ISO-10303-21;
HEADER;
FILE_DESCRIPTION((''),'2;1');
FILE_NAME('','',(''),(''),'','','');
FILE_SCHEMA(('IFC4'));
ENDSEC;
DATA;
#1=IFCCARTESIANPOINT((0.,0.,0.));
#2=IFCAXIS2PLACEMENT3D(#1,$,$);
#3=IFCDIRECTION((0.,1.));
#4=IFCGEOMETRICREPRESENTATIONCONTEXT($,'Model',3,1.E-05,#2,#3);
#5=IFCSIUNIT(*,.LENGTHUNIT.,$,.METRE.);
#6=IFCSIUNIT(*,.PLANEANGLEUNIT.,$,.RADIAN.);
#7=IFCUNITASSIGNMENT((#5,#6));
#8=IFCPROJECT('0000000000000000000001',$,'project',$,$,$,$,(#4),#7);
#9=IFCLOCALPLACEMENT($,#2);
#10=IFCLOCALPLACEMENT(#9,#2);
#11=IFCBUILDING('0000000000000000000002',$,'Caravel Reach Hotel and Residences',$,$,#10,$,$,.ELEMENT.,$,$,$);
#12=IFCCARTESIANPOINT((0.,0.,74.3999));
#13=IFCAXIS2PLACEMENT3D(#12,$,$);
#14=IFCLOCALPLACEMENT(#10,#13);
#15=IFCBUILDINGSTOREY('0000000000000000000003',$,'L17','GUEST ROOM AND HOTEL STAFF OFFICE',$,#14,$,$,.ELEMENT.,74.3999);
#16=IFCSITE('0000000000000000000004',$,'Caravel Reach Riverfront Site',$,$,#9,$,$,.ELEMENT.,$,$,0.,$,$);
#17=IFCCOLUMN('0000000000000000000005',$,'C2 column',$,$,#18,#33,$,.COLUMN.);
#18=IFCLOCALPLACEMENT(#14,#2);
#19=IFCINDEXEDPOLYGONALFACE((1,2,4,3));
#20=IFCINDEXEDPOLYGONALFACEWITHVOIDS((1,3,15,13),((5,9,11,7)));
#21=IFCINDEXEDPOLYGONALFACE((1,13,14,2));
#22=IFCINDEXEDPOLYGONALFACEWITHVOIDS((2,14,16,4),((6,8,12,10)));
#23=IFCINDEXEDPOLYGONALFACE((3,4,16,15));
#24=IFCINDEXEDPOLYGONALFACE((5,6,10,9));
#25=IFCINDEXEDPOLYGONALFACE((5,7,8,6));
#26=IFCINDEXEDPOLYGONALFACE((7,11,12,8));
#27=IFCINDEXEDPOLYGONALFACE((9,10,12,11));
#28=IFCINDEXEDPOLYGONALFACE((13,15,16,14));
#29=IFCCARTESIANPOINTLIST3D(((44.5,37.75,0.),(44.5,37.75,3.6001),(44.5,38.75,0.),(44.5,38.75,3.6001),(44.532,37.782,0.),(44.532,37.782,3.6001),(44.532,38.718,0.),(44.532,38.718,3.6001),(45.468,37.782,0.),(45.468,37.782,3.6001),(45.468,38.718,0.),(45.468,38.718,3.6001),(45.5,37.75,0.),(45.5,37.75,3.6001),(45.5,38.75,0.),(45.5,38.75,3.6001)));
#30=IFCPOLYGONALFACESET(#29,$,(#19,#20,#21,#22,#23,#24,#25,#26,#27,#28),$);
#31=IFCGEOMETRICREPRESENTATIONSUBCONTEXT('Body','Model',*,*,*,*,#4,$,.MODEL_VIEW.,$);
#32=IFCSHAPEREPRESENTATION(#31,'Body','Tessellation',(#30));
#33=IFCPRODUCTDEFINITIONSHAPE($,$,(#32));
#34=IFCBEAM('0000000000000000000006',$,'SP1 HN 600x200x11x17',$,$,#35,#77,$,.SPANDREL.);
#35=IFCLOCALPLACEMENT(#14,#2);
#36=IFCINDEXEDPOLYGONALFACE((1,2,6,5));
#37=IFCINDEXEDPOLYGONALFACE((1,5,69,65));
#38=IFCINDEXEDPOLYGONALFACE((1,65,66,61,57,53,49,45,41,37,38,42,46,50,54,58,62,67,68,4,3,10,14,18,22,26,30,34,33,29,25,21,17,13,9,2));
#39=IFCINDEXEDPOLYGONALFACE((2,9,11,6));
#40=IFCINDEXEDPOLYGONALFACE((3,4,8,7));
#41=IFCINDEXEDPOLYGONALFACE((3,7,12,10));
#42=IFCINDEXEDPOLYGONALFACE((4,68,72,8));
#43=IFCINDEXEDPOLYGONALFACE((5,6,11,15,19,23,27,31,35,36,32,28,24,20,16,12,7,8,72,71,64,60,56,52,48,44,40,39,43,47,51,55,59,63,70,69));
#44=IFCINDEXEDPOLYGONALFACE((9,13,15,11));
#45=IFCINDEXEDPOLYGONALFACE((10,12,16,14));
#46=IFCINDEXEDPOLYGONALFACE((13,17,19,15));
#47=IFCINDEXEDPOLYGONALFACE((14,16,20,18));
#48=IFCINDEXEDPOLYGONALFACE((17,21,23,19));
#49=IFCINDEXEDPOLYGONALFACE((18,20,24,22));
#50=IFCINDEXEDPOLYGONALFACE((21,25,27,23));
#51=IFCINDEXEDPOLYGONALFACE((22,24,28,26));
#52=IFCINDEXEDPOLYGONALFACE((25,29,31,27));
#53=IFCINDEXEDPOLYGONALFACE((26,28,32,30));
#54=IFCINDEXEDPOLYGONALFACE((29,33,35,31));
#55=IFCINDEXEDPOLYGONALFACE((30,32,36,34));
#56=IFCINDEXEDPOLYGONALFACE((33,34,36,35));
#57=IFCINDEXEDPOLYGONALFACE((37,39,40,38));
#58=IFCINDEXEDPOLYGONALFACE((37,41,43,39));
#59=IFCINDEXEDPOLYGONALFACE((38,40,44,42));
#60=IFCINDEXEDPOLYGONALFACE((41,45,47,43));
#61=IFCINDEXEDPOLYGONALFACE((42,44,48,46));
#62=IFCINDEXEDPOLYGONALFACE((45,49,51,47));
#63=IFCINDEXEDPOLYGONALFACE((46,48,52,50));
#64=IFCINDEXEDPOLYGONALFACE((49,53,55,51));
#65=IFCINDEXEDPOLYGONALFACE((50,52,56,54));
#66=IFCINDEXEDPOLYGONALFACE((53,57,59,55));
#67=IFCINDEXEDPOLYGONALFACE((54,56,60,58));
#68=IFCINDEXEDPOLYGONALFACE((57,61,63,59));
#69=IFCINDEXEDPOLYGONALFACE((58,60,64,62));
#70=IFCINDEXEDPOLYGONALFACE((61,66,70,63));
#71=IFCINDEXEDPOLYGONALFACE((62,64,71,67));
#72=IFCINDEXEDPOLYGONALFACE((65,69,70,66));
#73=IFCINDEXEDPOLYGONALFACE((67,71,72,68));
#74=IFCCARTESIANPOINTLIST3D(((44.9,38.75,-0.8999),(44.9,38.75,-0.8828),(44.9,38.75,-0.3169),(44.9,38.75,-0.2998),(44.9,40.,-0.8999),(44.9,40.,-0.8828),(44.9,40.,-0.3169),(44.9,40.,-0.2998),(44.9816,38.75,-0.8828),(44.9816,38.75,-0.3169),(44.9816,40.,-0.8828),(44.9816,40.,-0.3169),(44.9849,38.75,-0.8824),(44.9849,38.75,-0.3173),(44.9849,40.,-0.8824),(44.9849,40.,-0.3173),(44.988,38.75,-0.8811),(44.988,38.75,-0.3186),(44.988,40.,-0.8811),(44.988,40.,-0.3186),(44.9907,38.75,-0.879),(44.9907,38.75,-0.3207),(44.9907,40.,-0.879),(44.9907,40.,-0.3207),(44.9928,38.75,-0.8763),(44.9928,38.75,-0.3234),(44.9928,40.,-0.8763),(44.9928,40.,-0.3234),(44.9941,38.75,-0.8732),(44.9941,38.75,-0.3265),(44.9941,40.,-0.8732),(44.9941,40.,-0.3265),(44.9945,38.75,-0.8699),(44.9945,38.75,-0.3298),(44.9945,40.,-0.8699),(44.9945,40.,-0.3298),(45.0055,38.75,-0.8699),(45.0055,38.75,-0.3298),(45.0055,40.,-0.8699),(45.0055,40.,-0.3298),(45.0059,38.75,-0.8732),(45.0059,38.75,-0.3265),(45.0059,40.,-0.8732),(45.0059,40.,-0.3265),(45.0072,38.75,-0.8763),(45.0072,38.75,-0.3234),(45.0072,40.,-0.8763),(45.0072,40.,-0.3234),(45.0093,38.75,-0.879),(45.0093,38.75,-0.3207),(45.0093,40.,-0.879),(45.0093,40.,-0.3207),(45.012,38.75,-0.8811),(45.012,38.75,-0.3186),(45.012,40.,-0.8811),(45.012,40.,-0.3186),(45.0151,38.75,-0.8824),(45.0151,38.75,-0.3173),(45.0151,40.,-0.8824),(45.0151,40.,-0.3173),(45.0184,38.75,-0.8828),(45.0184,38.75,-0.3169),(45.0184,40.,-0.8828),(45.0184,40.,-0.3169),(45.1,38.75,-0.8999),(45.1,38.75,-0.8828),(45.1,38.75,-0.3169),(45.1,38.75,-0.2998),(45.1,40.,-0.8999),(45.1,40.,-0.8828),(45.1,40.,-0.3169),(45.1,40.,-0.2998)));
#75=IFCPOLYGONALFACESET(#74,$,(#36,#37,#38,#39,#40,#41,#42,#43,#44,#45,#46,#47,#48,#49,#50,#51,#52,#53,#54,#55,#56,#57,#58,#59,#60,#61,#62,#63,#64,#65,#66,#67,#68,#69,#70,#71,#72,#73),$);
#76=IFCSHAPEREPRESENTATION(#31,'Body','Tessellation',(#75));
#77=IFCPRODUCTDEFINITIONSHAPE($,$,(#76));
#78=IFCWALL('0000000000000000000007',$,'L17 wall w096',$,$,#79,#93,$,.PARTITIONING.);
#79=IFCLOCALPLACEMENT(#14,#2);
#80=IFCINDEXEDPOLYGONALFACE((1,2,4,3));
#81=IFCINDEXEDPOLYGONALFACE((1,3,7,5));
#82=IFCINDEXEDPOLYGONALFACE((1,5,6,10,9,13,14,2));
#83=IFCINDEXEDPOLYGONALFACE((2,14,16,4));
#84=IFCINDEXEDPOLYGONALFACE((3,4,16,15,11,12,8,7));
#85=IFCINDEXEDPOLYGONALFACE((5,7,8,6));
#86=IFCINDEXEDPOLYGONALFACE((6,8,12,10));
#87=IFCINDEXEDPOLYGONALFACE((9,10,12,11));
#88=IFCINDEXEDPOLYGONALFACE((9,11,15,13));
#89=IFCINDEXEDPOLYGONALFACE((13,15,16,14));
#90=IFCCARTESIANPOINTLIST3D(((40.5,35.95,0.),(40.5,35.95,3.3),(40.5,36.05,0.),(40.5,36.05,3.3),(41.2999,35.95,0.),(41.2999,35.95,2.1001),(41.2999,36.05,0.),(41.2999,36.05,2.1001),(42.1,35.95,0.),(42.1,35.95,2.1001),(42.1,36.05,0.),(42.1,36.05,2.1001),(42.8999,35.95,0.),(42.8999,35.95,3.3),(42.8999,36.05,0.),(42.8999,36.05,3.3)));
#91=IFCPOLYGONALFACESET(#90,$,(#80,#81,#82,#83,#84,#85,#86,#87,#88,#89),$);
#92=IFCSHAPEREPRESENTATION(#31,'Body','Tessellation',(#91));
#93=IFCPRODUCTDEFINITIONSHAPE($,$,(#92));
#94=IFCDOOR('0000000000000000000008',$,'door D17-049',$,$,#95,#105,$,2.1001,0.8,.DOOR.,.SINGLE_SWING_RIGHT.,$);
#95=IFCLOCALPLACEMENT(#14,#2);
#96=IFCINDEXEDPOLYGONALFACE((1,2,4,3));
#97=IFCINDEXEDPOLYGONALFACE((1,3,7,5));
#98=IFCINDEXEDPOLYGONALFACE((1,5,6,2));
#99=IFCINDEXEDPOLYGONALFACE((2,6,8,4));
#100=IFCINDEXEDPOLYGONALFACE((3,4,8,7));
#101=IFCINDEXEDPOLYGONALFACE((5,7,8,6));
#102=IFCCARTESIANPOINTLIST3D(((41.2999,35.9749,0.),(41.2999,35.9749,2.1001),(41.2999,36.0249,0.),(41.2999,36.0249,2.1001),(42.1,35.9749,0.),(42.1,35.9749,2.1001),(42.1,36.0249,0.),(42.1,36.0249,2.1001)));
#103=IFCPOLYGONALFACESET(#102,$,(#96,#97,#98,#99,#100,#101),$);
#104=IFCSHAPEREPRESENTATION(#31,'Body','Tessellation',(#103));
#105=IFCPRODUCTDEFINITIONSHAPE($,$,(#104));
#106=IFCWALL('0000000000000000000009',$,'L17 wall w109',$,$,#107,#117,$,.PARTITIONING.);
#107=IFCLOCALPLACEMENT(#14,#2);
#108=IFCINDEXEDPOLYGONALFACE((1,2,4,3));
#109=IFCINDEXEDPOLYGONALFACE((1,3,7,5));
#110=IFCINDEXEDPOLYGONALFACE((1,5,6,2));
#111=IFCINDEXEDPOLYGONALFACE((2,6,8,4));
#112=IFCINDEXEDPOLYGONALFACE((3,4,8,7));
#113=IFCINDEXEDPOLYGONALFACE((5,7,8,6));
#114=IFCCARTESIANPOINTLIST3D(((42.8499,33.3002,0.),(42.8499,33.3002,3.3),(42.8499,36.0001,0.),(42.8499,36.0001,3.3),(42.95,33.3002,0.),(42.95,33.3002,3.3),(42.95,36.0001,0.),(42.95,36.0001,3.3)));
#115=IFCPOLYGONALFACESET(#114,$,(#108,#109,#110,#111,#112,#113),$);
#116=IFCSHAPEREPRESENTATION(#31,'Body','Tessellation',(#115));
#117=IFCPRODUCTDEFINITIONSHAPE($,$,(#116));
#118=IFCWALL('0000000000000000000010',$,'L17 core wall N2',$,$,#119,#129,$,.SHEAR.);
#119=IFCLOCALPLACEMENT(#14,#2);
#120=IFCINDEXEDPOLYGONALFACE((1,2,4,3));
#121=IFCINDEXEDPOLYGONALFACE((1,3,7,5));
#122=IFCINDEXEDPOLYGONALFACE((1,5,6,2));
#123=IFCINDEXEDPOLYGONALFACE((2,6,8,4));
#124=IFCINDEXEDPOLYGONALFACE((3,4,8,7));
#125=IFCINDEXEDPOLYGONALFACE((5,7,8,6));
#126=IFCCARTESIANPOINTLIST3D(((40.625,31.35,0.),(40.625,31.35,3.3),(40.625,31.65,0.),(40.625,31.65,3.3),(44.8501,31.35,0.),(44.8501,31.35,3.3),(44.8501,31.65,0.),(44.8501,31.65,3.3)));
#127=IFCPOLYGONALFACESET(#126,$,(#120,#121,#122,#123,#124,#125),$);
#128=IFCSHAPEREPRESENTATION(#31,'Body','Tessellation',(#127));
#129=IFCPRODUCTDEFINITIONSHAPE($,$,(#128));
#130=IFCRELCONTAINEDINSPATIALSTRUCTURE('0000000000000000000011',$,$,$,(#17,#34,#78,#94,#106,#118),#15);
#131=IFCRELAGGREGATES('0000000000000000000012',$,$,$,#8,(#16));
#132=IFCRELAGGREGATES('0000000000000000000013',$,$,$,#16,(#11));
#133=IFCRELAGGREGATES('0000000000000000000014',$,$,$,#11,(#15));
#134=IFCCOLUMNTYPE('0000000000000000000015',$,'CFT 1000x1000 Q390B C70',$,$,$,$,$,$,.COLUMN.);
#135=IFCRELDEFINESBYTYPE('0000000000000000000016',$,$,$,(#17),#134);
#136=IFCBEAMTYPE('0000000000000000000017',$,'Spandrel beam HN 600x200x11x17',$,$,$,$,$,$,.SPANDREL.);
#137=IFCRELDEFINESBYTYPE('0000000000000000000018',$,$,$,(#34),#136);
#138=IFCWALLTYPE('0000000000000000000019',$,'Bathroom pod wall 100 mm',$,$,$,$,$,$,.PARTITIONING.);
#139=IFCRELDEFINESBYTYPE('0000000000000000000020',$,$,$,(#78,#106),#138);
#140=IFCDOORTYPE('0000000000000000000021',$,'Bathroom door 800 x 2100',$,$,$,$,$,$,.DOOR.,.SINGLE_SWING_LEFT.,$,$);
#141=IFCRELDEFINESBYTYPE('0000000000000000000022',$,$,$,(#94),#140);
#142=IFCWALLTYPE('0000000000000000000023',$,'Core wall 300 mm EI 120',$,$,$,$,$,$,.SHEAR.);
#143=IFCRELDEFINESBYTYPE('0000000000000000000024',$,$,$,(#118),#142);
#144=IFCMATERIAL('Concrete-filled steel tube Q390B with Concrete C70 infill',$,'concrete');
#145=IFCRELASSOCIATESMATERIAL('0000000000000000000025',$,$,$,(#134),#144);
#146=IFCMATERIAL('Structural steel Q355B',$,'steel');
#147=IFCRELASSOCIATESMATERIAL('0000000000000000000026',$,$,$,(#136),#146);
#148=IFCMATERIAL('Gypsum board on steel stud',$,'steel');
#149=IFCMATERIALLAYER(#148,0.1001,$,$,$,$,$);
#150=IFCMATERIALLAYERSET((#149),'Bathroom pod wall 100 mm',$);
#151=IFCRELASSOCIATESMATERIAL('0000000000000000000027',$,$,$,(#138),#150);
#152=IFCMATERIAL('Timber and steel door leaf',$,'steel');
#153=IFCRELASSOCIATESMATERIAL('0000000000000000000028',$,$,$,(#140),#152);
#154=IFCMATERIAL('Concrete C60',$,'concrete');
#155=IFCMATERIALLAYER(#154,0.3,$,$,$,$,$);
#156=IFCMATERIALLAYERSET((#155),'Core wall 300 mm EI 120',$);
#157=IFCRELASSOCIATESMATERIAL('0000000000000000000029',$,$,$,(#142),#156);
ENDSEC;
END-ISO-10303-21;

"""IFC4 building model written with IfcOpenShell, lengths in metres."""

from ifc_helpers import new_model, si_unit, direction, frame, frame_2d, origin, origin_2d, place, context, subcontext, project, spatial, rectangle, hollow_rectangle, i_section, extrude, material, layer, layer_set, material_profile, profile_set, type_object, element, fill, save


model = new_model("IFC4")

# Units and contexts
model_context = context("Model", 3, precision=1e-05, world=origin(), true_north=direction((0.0, 1.0)))
body_context = subcontext(model_context, "Body", "Model", "MODEL_VIEW")
ifc_project = project(units=[si_unit("LENGTHUNIT", "METRE"), si_unit("PLANEANGLEUNIT", "RADIAN")], contexts=[model_context])

# Site, building, storey
site_placement = place(None, origin())
site = spatial("IfcSite", under=ifc_project, at=site_placement, Name="Caravel Reach Riverfront Site", CompositionType="ELEMENT", RefElevation=0.0)
building_placement = place(site_placement, origin())
building = spatial("IfcBuilding", under=site, at=building_placement, Name="Caravel Reach Hotel and Residences", CompositionType="ELEMENT")
storey_placement = place(building_placement, frame((0.0, 0.0, 74.3999)))
storey = spatial("IfcBuildingStorey", under=building, at=storey_placement, Name="L17", Description="GUEST ROOM AND HOTEL STAFF OFFICE", CompositionType="ELEMENT", Elevation=74.3999)

# Column
ifc_material_1 = material(Name="Concrete-filled steel tube Q390B with Concrete C70 infill", Category="concrete")
ifc_material_profile_1 = material_profile(ifc_material_1, hollow_rectangle(XDim=1.0, YDim=1.0, WallThickness=0.032, at=origin_2d()), Name="RHS 1000x1000x32")
ifc_profile_set_1 = profile_set([ifc_material_profile_1], Name="Concrete-filled steel tube Q390B with Concrete C70 infill")
column_type = type_object("IfcColumnType", Name="CFT 1000x1000 Q390B C70", PredefinedType="COLUMN", material=ifc_profile_set_1)
column_placement = place(storey_placement, frame((45.0, 38.25, 0.0), z_axis=(0.0, 0.0, 1.0), x_axis=(1.0, 0.0, 0.0)))
element("IfcColumn", 1, at=column_placement, inside=storey, type_object=column_type, Name="C2 column", PredefinedType="COLUMN", context=body_context, shape_type="SweptSolid", body=[
    extrude(hollow_rectangle(XDim=1.0, YDim=1.0, WallThickness=0.032, at=origin_2d()), origin(), (0.0, 0.0, 1.0), 3.6001),
])

# Beam
ifc_material_2 = material(Name="Structural steel Q355B", Category="steel")
ifc_material_profile_2 = material_profile(ifc_material_2, i_section(OverallWidth=0.2, OverallDepth=0.6001, WebThickness=0.011, FlangeThickness=0.0171, FilletRadius=0.0129, at=origin_2d()), Name="HN 600x200x11x17")
ifc_profile_set_2 = profile_set([ifc_material_profile_2], Name="Structural steel Q355B")
beam_type = type_object("IfcBeamType", Name="Spandrel beam HN 600x200x11x17", PredefinedType="SPANDREL", material=ifc_profile_set_2)
beam_placement = place(storey_placement, frame((45.0, 38.75, -0.5999), z_axis=(0.0, 1.0, 0.0), x_axis=(-1.0, 0.0, 0.0)))
element("IfcBeam", 2, at=beam_placement, inside=storey, type_object=beam_type, Name="SP1 HN 600x200x11x17", PredefinedType="SPANDREL", context=body_context, shape_type="SweptSolid", body=[
    extrude(i_section(OverallWidth=0.2, OverallDepth=0.6001, WebThickness=0.011, FlangeThickness=0.0171, FilletRadius=0.0129, at=origin_2d()), origin(), (0.0, 0.0, 1.0), 1.25),
])

# Wall, opening, door
ifc_material_3 = material(Name="Gypsum board on steel stud", Category="steel")
ifc_layer_1 = layer(ifc_material_3, 0.1001)
ifc_layer_set_1 = layer_set([ifc_layer_1], Name="Bathroom pod wall 100 mm")
wall_type_1 = type_object("IfcWallType", Name="Bathroom pod wall 100 mm", PredefinedType="PARTITIONING", material=ifc_layer_set_1)
wall_1_placement = place(storey_placement, frame((40.5, 36.0, 0.0), z_axis=(0.0, 0.0, 1.0), x_axis=(1.0, 0.0, 0.0)))
wall_1 = element("IfcWall", 3, at=wall_1_placement, inside=storey, type_object=wall_type_1, Name="L17 wall w096", PredefinedType="PARTITIONING", context=body_context, shape_type="SweptSolid", body=[
    extrude(rectangle(XDim=2.3999, YDim=0.1001, at=frame_2d((1.2, 0.0))), origin(), (0.0, 0.0, 1.0), 3.3),
])
opening_1_placement = place(wall_1_placement, frame((0.8, 0.0, 0.0)))
opening_1 = element("IfcOpeningElement", 4, at=opening_1_placement, cuts=wall_1, PredefinedType="OPENING", context=body_context, shape_type="SweptSolid", body=[
    extrude(rectangle(XDim=0.8, YDim=2.1001, at=frame_2d((0.3999, 1.05))), frame((0.0, 0.0601, 0.0), z_axis=(0.0, -1.0, 0.0), x_axis=(1.0, 0.0, 0.0)), (0.0, 0.0, 1.0), 0.1201),
])
ifc_material_4 = material(Name="Timber and steel door leaf", Category="steel")
door_type_1 = type_object("IfcDoorType", Name="Bathroom door 800 x 2100", OperationType="SINGLE_SWING_LEFT", PredefinedType="DOOR", material=ifc_material_4)
door_1_placement = place(opening_1_placement, origin())
door_1 = element("IfcDoor", 5, at=door_1_placement, inside=storey, type_object=door_type_1, Name="door D17-049", OperationType="SINGLE_SWING_RIGHT", OverallHeight=2.1001, OverallWidth=0.8, PredefinedType="DOOR", context=body_context, shape_type="SweptSolid", body=[
    extrude(rectangle(XDim=0.8, YDim=2.1001, at=frame_2d((0.3999, 1.05))), frame((0.0, 0.0249, 0.0), z_axis=(0.0, -1.0, 0.0), x_axis=(1.0, 0.0, 0.0)), (0.0, 0.0, 1.0), 0.05),
])
fill(opening_1, door_1)

# Walls
wall_2_placement = place(storey_placement, frame((42.8999, 33.3, 0.0), z_axis=(0.0, 0.0, 1.0), x_axis=(0.0, 1.0, 0.0)))
element("IfcWall", 6, at=wall_2_placement, inside=storey, type_object=wall_type_1, Name="L17 wall w109", PredefinedType="PARTITIONING", context=body_context, shape_type="SweptSolid", body=[
    extrude(rectangle(XDim=2.7, YDim=0.1001, at=frame_2d((1.3501, 0.0))), origin(), (0.0, 0.0, 1.0), 3.3),
])
ifc_material_5 = material(Name="Concrete C60", Category="concrete")
ifc_layer_2 = layer(ifc_material_5, 0.3)
ifc_layer_set_2 = layer_set([ifc_layer_2], Name="Core wall 300 mm EI 120")
wall_type_2 = type_object("IfcWallType", Name="Core wall 300 mm EI 120", PredefinedType="SHEAR", material=ifc_layer_set_2)
wall_3_placement = place(storey_placement, frame((40.625, 31.5, 0.0), z_axis=(0.0, 0.0, 1.0), x_axis=(1.0, 0.0, 0.0)))
element("IfcWall", 7, at=wall_3_placement, inside=storey, type_object=wall_type_2, Name="L17 core wall N2", PredefinedType="SHEAR", context=body_context, shape_type="SweptSolid", body=[
    extrude(rectangle(XDim=4.2251, YDim=0.3, at=frame_2d((2.1125, 0.0))), origin(), (0.0, 0.0, 1.0), 3.3),
])

save(model, "model.ifc")
